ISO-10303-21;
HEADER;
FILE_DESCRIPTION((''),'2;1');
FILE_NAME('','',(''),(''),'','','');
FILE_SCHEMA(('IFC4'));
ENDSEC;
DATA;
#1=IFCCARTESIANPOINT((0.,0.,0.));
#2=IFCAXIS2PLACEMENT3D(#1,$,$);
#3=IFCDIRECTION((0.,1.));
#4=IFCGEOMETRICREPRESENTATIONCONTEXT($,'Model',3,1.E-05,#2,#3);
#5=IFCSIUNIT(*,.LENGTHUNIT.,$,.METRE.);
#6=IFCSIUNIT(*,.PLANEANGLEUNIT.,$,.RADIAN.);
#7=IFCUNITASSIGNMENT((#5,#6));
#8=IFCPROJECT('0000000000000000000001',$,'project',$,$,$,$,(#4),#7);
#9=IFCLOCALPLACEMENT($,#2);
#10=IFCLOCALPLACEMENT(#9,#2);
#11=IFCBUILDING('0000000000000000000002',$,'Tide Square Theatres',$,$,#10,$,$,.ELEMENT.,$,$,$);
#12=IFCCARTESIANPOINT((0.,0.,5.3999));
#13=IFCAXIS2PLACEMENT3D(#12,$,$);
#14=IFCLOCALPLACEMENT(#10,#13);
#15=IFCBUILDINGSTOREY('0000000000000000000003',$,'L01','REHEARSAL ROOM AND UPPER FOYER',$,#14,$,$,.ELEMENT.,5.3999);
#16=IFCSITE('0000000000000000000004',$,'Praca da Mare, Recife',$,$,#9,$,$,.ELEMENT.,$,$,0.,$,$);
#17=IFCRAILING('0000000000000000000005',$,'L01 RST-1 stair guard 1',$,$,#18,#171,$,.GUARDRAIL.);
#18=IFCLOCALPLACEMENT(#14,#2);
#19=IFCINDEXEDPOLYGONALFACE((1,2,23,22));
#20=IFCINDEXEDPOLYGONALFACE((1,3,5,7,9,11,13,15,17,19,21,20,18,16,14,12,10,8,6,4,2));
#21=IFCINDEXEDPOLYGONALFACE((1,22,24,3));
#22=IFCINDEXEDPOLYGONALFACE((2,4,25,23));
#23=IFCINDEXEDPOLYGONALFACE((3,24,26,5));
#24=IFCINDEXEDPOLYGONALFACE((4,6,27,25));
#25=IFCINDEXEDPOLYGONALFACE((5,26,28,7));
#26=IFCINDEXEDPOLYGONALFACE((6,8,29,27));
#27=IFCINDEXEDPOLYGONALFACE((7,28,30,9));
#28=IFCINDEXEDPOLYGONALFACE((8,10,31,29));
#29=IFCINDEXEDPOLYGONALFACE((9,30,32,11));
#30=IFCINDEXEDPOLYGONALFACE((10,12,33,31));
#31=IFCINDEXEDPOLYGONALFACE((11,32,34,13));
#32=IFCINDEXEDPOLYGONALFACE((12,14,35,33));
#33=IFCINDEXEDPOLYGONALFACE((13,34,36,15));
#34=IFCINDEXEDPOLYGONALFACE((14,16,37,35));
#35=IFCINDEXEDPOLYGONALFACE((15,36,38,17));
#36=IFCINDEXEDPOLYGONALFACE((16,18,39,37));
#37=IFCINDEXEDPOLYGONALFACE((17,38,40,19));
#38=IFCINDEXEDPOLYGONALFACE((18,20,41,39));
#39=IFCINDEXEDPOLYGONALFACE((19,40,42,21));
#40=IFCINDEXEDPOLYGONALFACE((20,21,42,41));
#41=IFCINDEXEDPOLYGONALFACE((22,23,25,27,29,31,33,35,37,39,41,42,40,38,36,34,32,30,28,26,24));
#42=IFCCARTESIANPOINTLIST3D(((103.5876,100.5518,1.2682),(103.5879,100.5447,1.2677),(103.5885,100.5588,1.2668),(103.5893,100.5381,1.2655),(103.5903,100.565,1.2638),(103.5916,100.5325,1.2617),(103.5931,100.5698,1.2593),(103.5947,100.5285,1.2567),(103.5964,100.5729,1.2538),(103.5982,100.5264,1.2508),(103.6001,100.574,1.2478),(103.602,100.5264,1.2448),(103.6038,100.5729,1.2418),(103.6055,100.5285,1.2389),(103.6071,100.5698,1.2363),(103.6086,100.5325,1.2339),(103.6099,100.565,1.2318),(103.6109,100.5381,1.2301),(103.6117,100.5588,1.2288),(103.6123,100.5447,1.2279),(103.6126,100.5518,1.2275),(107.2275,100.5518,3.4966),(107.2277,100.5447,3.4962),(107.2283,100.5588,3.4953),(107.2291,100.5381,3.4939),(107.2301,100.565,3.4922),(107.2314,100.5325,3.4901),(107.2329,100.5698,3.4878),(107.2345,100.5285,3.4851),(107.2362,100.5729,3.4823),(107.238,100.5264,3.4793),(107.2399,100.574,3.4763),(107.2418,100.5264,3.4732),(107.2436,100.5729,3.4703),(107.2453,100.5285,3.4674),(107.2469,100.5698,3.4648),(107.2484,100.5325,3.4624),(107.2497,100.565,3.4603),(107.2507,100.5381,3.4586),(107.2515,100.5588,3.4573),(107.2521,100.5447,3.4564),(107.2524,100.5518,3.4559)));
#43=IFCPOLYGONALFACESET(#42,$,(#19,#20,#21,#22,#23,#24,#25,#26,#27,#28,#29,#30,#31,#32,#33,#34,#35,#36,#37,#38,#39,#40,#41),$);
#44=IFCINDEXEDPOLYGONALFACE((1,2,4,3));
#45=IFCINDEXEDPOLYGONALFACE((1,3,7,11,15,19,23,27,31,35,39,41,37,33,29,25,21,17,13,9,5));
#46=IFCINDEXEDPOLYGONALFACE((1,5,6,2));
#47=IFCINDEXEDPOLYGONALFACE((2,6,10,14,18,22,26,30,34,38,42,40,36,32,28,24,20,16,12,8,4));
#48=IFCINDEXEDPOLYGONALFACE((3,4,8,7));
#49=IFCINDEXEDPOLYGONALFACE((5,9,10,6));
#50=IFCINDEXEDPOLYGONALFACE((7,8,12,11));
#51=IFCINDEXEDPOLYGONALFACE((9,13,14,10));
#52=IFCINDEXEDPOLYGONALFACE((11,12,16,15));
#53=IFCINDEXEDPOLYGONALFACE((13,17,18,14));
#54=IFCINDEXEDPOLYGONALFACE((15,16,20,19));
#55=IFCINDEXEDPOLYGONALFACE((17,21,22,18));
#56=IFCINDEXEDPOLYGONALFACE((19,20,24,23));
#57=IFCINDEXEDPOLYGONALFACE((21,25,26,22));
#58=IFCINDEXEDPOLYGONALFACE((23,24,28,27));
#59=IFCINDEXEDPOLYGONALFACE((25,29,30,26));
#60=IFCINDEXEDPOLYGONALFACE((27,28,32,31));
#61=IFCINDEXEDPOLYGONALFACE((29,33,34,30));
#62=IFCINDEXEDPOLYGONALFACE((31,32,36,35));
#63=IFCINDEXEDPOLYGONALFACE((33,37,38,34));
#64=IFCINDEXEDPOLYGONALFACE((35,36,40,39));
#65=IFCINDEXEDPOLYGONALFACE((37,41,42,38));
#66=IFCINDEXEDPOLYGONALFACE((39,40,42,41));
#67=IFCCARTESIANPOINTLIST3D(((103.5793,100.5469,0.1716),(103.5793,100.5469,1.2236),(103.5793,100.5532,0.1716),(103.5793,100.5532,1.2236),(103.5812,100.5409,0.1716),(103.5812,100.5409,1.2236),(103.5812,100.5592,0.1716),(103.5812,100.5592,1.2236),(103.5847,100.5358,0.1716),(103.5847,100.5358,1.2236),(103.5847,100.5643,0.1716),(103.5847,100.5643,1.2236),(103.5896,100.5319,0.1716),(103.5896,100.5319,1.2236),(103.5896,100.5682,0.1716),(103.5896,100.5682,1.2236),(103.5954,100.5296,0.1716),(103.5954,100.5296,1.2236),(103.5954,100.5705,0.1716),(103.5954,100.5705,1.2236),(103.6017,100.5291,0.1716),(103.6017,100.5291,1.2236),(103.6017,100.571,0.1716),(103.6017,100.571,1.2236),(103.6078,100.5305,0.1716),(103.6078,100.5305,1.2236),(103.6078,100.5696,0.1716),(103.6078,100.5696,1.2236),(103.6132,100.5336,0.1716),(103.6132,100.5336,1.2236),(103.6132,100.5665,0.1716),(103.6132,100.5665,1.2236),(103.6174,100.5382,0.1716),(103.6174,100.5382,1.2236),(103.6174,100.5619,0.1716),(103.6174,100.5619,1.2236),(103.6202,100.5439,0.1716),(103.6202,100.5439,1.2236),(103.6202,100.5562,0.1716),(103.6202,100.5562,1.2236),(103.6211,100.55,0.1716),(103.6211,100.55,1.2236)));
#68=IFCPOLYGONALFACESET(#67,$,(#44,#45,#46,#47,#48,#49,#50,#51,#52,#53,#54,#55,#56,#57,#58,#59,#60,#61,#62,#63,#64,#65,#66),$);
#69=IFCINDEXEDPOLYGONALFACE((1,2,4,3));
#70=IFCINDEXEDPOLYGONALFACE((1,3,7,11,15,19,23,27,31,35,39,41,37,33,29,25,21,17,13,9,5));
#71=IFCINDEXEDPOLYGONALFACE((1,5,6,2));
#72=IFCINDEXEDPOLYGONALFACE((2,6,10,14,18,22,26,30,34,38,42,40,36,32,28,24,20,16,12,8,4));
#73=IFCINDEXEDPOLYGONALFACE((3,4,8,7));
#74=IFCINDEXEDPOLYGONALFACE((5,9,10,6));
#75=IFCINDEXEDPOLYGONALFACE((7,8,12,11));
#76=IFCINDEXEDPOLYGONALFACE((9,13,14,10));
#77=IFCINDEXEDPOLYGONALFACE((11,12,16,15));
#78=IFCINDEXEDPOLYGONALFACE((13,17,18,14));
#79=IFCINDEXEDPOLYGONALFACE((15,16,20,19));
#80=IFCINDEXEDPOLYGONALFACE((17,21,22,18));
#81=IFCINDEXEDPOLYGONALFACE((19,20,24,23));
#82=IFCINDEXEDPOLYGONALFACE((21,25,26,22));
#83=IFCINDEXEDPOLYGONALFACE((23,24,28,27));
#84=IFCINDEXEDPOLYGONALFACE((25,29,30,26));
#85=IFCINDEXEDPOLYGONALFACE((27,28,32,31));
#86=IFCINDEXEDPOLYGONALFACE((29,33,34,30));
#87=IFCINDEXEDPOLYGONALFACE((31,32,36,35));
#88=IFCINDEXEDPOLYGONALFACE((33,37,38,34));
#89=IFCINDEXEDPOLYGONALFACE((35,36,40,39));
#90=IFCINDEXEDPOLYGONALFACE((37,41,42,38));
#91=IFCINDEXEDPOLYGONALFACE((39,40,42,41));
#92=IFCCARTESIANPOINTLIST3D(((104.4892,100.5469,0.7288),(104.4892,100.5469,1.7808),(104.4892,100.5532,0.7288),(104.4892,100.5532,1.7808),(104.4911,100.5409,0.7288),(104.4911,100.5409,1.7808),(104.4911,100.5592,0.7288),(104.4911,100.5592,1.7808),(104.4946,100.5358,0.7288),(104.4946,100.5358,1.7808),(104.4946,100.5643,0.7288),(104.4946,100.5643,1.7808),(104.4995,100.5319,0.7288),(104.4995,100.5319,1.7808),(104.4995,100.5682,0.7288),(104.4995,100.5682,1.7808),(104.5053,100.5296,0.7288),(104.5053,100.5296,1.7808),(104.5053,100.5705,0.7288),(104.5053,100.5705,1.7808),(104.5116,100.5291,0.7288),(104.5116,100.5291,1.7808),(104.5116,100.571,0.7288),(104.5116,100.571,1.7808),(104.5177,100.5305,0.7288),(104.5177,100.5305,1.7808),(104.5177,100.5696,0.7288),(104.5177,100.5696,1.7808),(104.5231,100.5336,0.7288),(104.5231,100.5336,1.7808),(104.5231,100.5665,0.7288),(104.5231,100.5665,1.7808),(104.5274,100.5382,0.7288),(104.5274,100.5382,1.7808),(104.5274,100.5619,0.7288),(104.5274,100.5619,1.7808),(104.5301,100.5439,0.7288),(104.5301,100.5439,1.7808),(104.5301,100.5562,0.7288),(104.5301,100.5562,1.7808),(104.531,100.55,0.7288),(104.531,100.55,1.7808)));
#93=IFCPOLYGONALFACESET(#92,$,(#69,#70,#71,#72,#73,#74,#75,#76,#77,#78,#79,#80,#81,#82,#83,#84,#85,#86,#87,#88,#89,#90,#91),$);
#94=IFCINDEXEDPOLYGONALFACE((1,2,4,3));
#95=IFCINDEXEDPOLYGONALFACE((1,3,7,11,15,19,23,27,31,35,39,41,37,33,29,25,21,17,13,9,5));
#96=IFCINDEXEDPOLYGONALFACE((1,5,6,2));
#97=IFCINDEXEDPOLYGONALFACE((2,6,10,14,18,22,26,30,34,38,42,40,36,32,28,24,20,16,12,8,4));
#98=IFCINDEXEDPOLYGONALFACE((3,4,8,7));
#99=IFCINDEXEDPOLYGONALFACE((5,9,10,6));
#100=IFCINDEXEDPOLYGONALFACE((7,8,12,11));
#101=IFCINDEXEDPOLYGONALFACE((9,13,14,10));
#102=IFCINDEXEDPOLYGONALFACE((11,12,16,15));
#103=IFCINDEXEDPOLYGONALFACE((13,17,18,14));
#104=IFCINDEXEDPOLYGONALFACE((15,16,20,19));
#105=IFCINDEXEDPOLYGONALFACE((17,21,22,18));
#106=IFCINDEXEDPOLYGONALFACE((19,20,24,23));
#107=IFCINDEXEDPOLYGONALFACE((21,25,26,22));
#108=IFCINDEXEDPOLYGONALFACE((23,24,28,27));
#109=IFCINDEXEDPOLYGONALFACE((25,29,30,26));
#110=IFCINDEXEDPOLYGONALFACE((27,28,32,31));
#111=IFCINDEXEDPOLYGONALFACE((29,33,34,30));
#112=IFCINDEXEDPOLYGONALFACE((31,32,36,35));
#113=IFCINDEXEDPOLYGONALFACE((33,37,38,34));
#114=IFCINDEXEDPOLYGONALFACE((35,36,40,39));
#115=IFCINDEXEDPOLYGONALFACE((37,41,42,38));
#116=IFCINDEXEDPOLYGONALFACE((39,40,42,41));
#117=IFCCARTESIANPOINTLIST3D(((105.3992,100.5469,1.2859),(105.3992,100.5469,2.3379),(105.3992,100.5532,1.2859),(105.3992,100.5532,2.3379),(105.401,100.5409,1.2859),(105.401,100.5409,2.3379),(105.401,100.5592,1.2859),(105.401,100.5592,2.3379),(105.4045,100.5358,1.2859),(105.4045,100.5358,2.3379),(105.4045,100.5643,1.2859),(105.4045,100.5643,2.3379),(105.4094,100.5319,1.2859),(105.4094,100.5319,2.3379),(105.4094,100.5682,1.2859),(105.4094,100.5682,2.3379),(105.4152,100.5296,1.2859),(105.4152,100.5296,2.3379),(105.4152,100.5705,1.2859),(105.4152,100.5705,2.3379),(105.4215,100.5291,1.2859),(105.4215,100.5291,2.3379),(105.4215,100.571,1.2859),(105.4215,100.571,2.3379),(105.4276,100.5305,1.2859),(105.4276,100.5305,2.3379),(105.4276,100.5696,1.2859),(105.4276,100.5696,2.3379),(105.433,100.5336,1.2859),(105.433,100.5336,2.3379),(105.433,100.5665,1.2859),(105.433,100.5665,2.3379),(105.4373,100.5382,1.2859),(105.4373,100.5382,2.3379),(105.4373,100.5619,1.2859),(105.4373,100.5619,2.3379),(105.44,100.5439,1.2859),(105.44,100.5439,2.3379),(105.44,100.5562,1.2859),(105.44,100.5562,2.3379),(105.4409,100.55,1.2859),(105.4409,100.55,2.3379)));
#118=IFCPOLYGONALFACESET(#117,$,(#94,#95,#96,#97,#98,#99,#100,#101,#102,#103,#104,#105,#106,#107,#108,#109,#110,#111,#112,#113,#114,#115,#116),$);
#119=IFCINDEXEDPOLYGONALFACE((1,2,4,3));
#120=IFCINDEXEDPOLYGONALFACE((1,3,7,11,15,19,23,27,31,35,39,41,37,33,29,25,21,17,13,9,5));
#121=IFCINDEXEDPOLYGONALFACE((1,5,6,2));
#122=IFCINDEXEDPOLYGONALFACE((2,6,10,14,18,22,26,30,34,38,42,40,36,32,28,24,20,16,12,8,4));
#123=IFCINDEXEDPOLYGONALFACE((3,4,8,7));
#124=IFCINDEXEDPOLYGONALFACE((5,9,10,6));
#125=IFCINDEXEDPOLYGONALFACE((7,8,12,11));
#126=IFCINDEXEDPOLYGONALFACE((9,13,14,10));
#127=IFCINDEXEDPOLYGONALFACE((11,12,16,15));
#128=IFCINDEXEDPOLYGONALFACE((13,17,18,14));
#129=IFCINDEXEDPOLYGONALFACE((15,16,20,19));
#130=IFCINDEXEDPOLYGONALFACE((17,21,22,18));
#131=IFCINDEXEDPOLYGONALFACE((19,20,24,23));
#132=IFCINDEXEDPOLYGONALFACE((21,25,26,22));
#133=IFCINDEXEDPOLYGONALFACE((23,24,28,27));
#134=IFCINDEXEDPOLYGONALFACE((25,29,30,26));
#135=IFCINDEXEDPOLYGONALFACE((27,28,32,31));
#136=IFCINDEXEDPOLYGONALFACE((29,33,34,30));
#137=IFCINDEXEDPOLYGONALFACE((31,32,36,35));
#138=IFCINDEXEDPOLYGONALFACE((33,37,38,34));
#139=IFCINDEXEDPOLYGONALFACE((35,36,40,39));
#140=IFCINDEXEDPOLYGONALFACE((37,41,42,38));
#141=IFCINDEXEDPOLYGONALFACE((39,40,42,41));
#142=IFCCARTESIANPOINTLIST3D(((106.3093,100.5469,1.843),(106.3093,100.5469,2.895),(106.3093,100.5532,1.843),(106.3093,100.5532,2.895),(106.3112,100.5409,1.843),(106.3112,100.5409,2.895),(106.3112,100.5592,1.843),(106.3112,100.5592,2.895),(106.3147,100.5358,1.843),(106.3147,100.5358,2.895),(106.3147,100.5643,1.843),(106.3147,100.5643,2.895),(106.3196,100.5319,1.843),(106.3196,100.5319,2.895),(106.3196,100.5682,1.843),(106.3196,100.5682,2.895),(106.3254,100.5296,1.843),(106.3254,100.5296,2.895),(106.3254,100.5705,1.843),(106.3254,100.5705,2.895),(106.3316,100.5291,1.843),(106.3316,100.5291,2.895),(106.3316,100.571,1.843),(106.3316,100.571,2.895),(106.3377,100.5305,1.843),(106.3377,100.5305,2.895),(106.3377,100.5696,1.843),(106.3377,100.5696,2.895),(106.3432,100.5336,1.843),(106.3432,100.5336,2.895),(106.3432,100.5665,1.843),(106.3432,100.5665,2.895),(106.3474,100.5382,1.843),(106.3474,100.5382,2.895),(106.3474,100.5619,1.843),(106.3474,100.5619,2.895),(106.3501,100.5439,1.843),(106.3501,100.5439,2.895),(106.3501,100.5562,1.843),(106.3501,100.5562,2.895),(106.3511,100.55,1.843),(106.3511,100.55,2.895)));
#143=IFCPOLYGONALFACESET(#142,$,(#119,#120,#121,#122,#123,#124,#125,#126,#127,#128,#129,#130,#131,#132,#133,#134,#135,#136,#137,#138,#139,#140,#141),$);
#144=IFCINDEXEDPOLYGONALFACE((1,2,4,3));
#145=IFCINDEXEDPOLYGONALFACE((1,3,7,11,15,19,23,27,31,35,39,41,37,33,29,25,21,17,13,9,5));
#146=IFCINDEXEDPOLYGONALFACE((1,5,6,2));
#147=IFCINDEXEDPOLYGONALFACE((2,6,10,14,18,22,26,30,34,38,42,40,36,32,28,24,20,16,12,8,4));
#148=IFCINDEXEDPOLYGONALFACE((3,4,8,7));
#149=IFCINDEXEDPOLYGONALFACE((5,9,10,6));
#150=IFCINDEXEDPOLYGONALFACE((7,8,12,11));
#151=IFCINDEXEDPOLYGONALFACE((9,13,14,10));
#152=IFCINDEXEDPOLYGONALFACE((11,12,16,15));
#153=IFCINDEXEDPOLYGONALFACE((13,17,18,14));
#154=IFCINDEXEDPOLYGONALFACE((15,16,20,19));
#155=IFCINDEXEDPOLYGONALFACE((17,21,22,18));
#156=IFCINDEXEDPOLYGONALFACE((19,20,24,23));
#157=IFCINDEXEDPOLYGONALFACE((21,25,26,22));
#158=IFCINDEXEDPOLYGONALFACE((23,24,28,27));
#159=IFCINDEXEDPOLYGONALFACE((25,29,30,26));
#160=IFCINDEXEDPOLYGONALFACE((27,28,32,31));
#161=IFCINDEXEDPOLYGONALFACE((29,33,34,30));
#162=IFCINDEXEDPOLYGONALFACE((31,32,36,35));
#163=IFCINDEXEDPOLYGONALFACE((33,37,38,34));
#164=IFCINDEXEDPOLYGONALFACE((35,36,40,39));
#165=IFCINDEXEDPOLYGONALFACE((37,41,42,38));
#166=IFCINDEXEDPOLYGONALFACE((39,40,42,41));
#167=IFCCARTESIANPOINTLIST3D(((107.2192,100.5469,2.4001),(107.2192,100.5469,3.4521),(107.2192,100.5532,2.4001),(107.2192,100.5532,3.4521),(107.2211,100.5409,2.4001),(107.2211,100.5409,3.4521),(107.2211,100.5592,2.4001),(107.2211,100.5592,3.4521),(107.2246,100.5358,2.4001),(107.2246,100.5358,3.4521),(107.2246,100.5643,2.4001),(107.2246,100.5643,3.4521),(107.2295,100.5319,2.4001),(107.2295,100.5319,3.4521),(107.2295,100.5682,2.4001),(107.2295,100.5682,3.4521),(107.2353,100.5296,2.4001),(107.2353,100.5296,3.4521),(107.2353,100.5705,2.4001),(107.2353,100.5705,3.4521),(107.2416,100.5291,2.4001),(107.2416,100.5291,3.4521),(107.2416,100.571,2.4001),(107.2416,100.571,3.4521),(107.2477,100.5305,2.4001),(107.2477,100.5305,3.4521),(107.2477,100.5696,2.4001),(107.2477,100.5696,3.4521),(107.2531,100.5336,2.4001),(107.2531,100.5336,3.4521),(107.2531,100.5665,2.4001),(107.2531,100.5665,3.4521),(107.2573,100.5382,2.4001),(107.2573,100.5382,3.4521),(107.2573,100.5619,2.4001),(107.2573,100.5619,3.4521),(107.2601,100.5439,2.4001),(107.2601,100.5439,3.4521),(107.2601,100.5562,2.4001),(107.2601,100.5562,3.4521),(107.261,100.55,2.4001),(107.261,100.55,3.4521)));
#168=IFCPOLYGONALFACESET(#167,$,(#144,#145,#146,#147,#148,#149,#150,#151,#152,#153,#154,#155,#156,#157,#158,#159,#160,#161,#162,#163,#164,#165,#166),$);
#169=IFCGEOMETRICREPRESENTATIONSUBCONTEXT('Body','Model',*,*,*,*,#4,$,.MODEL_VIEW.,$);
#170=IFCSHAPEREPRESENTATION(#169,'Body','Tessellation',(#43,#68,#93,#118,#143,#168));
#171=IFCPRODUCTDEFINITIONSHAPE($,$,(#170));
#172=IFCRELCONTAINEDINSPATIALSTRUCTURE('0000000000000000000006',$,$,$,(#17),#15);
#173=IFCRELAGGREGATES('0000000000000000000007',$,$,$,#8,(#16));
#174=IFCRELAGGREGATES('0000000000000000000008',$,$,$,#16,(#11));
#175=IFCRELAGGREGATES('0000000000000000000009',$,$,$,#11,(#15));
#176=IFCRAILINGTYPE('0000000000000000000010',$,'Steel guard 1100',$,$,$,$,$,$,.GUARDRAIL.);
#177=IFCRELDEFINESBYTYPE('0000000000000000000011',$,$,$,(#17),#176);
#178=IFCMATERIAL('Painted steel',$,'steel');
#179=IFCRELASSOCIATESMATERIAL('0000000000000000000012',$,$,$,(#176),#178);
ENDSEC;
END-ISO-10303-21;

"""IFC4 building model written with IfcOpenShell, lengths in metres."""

from ifc_helpers import new_model, si_unit, direction, frame, origin, origin_2d, place, context, subcontext, project, spatial, circle, extrude, material, type_object, element, save


model = new_model("IFC4")

# Units and contexts
model_context = context("Model", 3, precision=1e-05, world=origin(), true_north=direction((0.0, 1.0)))
body_context = subcontext(model_context, "Body", "Model", "MODEL_VIEW")
ifc_project = project(units=[si_unit("LENGTHUNIT", "METRE"), si_unit("PLANEANGLEUNIT", "RADIAN")], contexts=[model_context])

# Site, building, storey
site_placement = place(None, origin())
site = spatial("IfcSite", under=ifc_project, at=site_placement, Name="Praca da Mare, Recife", CompositionType="ELEMENT", RefElevation=0.0)
building_placement = place(site_placement, origin())
building = spatial("IfcBuilding", under=site, at=building_placement, Name="Tide Square Theatres", CompositionType="ELEMENT")
storey_placement = place(building_placement, frame((0.0, 0.0, 5.3999)))
storey = spatial("IfcBuildingStorey", under=building, at=storey_placement, Name="L01", Description="REHEARSAL ROOM AND UPPER FOYER", CompositionType="ELEMENT", Elevation=5.3999)

# Railing
ifc_material_1 = material(Name="Painted steel", Category="steel")
railing_type_1 = type_object("IfcRailingType", Name="Steel guard 1100", PredefinedType="GUARDRAIL", material=ifc_material_1)
railing_1_placement = place(storey_placement, frame((103.6001, 100.55, 0.1716)))
element("IfcRailing", 1, at=railing_1_placement, inside=storey, type_object=railing_type_1, Name="L01 RST-1 stair guard 1", PredefinedType="GUARDRAIL", context=body_context, shape_type="SweptSolid", body=[
    extrude(circle(Radius=0.0239, at=origin_2d()), frame((0.0, 0.0, 1.0762), z_axis=(0.85285, 0.0, 0.522156), x_axis=(0.0, 1.0, 0.0)), (0.0, 0.0, 1.0), 4.2678),
    extrude(circle(Radius=0.021, at=origin_2d()), origin(), (0.0, 0.0, 1.0), 1.052),
    extrude(circle(Radius=0.021, at=origin_2d()), frame((0.9099, 0.0, 0.5571)), (0.0, 0.0, 1.0), 1.052),
    extrude(circle(Radius=0.021, at=origin_2d()), frame((1.8198, 0.0, 1.1143)), (0.0, 0.0, 1.0), 1.052),
    extrude(circle(Radius=0.021, at=origin_2d()), frame((2.73, 0.0, 1.6714)), (0.0, 0.0, 1.0), 1.052),
    extrude(circle(Radius=0.021, at=origin_2d()), frame((3.6399, 0.0, 2.2285)), (0.0, 0.0, 1.0), 1.052),
])

save(model, "model.ifc")
